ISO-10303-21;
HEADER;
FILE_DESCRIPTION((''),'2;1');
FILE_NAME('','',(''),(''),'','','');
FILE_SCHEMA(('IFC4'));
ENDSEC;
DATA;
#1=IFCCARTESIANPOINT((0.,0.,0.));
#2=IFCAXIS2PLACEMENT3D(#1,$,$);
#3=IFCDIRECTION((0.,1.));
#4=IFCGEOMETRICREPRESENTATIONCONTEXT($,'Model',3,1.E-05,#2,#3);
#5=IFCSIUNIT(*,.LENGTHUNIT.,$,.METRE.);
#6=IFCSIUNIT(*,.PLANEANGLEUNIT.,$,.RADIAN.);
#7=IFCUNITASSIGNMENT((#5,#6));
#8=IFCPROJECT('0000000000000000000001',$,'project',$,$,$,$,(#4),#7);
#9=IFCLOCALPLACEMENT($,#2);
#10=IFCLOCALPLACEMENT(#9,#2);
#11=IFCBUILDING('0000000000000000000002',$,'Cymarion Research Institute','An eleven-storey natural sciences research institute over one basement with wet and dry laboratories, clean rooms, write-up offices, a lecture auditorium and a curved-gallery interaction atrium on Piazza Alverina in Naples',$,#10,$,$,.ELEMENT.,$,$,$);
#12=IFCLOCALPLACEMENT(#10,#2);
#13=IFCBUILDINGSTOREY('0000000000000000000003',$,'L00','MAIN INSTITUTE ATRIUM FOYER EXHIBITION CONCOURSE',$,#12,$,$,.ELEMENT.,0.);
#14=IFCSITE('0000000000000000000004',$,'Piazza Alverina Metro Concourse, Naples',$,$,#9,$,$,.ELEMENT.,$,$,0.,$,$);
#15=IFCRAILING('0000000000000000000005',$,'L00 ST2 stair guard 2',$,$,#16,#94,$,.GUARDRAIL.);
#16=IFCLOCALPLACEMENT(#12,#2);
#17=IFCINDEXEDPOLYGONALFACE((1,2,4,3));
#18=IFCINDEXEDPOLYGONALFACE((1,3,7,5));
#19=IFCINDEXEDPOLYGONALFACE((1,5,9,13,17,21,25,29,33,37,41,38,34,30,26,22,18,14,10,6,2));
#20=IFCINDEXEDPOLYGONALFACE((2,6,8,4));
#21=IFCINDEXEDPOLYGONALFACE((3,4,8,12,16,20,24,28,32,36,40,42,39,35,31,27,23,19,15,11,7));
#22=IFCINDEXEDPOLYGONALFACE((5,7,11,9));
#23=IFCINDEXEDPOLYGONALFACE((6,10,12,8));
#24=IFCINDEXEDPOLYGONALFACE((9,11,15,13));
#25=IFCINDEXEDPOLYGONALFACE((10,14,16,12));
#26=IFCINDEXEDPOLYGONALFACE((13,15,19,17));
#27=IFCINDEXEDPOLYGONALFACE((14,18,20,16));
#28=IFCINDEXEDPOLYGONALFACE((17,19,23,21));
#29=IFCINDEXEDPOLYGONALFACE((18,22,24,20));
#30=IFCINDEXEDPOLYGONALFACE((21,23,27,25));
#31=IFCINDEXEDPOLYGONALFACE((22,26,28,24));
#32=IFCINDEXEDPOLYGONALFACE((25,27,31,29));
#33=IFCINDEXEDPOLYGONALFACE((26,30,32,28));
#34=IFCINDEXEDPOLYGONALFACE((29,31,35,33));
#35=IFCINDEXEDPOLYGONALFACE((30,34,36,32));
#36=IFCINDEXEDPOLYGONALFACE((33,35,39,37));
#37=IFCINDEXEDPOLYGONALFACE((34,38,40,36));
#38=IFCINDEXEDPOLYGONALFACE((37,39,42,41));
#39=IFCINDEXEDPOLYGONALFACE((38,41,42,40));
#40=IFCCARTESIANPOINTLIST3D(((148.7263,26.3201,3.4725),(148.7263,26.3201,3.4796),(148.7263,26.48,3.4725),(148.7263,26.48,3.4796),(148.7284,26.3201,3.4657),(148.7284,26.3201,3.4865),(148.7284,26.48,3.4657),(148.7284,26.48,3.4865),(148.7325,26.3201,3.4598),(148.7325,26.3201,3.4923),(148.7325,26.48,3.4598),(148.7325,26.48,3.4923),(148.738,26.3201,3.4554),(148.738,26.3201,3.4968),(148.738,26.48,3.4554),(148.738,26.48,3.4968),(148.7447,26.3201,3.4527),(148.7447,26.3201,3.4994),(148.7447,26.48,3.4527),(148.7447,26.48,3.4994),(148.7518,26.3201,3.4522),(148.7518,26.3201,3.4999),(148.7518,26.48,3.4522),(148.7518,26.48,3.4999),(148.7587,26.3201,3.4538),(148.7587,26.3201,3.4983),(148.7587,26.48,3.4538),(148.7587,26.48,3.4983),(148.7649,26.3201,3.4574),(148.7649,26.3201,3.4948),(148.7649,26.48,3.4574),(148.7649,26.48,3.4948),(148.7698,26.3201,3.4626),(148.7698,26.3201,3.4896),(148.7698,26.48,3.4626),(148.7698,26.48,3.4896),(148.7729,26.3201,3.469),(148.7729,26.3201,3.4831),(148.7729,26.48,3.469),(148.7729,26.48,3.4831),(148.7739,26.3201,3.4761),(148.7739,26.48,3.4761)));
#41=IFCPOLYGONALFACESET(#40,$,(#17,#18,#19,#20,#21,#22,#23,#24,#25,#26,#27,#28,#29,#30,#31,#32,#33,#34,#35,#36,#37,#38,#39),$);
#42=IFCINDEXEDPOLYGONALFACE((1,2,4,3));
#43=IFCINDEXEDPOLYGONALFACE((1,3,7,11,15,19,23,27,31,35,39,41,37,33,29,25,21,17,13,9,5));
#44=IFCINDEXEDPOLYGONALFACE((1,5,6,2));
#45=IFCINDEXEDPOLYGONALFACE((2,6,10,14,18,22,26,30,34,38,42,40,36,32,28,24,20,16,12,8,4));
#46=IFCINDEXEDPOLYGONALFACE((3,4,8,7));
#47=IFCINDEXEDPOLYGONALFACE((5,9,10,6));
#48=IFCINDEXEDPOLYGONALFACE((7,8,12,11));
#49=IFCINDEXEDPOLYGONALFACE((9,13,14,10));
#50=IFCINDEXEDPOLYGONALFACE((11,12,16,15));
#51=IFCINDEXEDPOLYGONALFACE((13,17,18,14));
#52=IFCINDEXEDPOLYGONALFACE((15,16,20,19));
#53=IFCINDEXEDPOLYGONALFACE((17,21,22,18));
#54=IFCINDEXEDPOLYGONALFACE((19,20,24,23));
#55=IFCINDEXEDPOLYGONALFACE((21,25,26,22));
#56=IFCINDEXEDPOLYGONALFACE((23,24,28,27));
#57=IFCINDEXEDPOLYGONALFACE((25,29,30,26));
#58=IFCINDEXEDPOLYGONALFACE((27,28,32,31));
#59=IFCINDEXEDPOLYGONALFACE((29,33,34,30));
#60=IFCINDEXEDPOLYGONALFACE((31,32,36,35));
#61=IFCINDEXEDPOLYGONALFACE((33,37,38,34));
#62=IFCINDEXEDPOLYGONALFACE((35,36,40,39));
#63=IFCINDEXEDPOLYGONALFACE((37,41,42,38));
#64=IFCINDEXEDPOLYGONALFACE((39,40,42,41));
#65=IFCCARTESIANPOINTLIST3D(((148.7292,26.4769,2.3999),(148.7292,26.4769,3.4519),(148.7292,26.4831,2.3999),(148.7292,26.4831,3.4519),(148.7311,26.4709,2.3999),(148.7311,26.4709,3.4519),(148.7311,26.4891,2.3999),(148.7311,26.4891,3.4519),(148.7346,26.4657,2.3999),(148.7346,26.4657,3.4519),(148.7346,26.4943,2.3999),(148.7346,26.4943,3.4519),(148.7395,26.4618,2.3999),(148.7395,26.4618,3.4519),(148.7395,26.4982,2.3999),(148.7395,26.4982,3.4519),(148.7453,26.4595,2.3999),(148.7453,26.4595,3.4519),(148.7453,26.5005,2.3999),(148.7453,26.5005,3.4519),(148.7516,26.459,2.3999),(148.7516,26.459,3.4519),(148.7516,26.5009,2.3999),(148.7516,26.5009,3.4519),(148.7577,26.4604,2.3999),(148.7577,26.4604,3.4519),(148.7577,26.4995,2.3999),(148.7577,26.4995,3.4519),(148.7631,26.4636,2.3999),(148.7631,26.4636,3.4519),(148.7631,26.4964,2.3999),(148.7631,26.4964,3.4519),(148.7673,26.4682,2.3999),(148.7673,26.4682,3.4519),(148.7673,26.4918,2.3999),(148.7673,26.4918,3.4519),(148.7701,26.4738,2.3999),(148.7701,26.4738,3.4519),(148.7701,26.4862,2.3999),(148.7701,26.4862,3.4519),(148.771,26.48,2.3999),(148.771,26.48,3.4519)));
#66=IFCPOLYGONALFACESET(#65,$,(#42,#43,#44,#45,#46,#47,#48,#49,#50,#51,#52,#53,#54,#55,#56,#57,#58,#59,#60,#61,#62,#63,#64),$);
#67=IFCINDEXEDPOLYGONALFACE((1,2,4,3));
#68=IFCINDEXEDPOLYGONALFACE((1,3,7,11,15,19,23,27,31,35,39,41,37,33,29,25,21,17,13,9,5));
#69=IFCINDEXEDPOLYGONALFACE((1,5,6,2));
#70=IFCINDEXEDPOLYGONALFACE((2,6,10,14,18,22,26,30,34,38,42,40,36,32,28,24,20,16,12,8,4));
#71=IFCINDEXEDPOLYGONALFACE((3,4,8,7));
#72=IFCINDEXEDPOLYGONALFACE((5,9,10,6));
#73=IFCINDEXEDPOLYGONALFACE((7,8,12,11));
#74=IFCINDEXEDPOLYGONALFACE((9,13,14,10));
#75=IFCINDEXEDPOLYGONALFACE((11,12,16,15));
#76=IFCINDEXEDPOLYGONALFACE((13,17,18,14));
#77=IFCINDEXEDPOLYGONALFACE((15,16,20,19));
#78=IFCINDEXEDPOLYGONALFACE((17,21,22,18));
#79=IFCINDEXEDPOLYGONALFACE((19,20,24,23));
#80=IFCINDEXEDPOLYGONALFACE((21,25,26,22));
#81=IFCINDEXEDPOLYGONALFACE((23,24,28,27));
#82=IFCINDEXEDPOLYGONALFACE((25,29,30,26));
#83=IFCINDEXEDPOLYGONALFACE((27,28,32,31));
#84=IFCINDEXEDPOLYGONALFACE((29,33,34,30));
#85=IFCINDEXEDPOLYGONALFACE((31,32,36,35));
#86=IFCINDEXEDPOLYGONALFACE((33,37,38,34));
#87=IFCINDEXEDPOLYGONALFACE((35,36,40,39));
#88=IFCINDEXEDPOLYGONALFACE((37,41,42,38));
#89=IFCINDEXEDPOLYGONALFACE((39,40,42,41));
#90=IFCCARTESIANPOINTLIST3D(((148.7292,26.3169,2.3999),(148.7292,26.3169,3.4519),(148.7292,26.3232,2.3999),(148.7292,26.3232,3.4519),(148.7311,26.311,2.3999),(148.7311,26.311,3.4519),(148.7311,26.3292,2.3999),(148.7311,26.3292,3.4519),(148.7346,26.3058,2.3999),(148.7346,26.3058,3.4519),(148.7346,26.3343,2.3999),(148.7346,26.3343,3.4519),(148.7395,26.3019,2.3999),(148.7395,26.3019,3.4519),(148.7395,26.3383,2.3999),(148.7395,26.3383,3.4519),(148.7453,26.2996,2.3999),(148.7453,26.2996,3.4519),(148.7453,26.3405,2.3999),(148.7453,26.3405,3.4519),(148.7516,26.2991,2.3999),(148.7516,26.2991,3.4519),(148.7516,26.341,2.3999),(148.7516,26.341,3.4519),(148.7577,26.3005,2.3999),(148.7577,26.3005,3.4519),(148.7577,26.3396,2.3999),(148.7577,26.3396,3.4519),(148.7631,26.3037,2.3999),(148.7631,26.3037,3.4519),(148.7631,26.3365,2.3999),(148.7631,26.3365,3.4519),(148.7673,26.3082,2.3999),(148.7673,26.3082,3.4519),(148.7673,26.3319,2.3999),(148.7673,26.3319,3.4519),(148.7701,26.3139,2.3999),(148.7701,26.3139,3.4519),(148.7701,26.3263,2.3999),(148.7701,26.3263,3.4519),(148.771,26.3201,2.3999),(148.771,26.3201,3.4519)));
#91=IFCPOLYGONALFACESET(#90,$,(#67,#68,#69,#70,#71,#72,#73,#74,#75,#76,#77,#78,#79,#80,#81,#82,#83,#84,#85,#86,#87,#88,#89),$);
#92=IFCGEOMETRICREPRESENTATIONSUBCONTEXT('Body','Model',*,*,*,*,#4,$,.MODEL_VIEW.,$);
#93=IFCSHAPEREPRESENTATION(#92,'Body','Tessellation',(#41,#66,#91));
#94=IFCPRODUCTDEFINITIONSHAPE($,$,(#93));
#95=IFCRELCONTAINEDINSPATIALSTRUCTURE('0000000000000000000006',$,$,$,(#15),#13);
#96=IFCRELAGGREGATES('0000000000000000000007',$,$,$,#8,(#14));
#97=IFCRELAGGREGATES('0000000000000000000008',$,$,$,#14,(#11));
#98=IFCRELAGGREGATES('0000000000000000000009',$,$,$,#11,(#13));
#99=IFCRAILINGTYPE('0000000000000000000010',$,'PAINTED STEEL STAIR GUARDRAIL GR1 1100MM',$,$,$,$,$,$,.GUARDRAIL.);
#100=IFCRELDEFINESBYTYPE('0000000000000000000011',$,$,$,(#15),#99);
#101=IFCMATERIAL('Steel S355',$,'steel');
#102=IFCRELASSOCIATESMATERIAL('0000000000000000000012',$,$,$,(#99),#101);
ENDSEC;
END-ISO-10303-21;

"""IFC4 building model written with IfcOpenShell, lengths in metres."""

from ifc_helpers import new_model, si_unit, direction, frame, origin, origin_2d, place, context, subcontext, project, spatial, circle, extrude, material, type_object, element, save


model = new_model("IFC4")

# Units and contexts
model_context = context("Model", 3, precision=1e-05, world=origin(), true_north=direction((0.0, 1.0)))
body_context = subcontext(model_context, "Body", "Model", "MODEL_VIEW")
ifc_project = project(units=[si_unit("LENGTHUNIT", "METRE"), si_unit("PLANEANGLEUNIT", "RADIAN")], contexts=[model_context])

# Site, building, storey
site_placement = place(None, origin())
site = spatial("IfcSite", under=ifc_project, at=site_placement, Name="Piazza Alverina Metro Concourse, Naples", CompositionType="ELEMENT", RefElevation=0.0)
building_placement = place(site_placement, origin())
building = spatial("IfcBuilding", under=site, at=building_placement, Name="Cymarion Research Institute", Description="An eleven-storey natural sciences research institute over one basement with wet and dry laboratories, clean rooms, write-up offices, a lecture auditorium and a curved-gallery interaction atrium on Piazza Alverina in Naples", CompositionType="ELEMENT")
storey_placement = place(building_placement, origin())
storey = spatial("IfcBuildingStorey", under=building, at=storey_placement, Name="L00", Description="MAIN INSTITUTE ATRIUM FOYER EXHIBITION CONCOURSE", CompositionType="ELEMENT", Elevation=0.0)

# Shared definitions
ifc_material_1 = material(Name="Steel S355", Category="steel")

# Railing
railing_type_1 = type_object("IfcRailingType", Name="PAINTED STEEL STAIR GUARDRAIL GR1 1100MM", PredefinedType="GUARDRAIL", material=ifc_material_1)
railing_1_placement = place(storey_placement, frame((148.75, 26.48, 2.3999)))
element("IfcRailing", 1, at=railing_1_placement, inside=storey, type_object=railing_type_1, Name="L00 ST2 stair guard 2", PredefinedType="GUARDRAIL", context=body_context, shape_type="SweptSolid", body=[
    extrude(circle(Radius=0.0239, at=origin_2d()), frame((0.0, 0.0, 1.0762), z_axis=(0.0, -1.0, 0.0), x_axis=(1.0, 0.0, 0.0)), (0.0, 0.0, 1.0), 0.1599),
    extrude(circle(Radius=0.021, at=origin_2d()), origin(), (0.0, 0.0, 1.0), 1.052),
    extrude(circle(Radius=0.021, at=origin_2d()), frame((0.0, -0.1599, 0.0)), (0.0, 0.0, 1.0), 1.052),
])

save(model, "model.ifc")
